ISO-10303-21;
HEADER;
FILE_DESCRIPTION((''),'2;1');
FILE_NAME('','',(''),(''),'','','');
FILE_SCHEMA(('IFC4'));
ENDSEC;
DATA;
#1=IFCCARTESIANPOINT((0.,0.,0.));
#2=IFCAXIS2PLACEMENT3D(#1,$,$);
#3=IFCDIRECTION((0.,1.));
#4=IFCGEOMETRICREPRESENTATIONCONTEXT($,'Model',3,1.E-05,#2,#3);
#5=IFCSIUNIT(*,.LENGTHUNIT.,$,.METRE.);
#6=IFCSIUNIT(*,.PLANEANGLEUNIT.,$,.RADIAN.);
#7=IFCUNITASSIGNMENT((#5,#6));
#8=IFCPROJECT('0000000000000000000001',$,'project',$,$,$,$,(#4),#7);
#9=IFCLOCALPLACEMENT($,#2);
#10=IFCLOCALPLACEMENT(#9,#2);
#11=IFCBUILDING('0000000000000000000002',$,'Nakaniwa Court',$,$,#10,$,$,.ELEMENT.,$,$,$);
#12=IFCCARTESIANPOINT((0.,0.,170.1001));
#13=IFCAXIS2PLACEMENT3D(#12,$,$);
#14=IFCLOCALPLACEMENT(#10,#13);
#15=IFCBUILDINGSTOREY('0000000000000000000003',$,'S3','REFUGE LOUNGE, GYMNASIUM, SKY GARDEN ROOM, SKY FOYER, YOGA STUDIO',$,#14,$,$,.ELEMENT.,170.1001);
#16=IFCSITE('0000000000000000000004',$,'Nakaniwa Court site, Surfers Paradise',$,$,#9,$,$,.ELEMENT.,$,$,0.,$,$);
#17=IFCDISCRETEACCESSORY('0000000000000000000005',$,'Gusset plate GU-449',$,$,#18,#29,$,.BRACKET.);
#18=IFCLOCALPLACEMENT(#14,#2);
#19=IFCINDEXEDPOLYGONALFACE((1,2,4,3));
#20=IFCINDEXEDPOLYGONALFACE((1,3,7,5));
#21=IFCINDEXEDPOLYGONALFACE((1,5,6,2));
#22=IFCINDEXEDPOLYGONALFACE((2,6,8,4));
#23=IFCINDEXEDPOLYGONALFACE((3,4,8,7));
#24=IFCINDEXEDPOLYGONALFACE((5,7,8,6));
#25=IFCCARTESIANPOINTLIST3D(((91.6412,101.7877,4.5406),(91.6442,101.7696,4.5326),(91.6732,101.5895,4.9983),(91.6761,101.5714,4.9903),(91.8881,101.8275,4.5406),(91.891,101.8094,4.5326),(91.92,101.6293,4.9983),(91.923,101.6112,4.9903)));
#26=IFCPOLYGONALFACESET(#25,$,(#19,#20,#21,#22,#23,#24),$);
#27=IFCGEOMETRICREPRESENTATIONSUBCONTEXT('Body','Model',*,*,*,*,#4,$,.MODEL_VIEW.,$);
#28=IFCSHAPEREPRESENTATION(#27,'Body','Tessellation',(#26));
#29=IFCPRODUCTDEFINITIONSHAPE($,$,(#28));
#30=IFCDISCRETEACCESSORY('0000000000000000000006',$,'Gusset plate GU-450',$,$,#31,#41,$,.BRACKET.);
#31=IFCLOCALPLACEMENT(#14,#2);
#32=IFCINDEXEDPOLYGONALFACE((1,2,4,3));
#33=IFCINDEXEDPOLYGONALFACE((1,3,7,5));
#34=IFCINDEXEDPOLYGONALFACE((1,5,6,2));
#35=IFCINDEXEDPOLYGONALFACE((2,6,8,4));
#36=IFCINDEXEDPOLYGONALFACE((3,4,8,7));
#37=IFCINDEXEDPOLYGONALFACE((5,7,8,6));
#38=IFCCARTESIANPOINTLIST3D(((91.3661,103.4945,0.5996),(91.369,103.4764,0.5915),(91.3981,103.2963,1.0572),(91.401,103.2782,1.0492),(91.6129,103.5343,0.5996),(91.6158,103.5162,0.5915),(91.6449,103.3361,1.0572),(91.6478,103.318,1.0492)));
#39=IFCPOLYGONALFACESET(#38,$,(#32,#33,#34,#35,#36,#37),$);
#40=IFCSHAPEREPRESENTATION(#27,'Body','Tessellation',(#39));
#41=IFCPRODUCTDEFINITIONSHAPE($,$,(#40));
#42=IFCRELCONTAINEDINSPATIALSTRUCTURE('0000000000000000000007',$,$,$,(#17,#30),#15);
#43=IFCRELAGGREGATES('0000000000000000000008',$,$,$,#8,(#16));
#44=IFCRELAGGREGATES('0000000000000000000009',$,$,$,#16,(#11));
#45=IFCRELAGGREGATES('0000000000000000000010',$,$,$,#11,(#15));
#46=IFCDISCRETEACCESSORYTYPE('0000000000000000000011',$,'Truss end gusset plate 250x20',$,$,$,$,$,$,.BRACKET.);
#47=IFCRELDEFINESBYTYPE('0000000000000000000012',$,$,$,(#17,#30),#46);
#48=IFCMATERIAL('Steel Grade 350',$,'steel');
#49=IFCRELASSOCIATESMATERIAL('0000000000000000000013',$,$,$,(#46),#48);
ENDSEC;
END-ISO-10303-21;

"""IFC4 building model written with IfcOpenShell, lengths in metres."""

from ifc_helpers import new_model, si_unit, direction, frame, origin, origin_2d, place, context, subcontext, project, spatial, rectangle, extrude, material, material_profile, profile_set, type_object, element, save


model = new_model("IFC4")

# Units and contexts
model_context = context("Model", 3, precision=1e-05, world=origin(), true_north=direction((0.0, 1.0)))
body_context = subcontext(model_context, "Body", "Model", "MODEL_VIEW")
ifc_project = project(units=[si_unit("LENGTHUNIT", "METRE"), si_unit("PLANEANGLEUNIT", "RADIAN")], contexts=[model_context])

# Site, building, storey
site_placement = place(None, origin())
site = spatial("IfcSite", under=ifc_project, at=site_placement, Name="Nakaniwa Court site, Surfers Paradise", CompositionType="ELEMENT", RefElevation=0.0)
building_placement = place(site_placement, origin())
building = spatial("IfcBuilding", under=site, at=building_placement, Name="Nakaniwa Court", CompositionType="ELEMENT")
storey_placement = place(building_placement, frame((0.0, 0.0, 170.1001)))
storey = spatial("IfcBuildingStorey", under=building, at=storey_placement, Name="S3", Description="REFUGE LOUNGE, GYMNASIUM, SKY GARDEN ROOM, SKY FOYER, YOGA STUDIO", CompositionType="ELEMENT", Elevation=170.1001)

# Shared definitions
ifc_material_1 = material(Name="Steel Grade 350", Category="steel")

# Discrete accessories
ifc_material_profile_1 = material_profile(ifc_material_1, rectangle(XDim=0.25, YDim=0.02, at=origin_2d()), Name="Truss end gusset plate 250x20")
ifc_profile_set_1 = profile_set([ifc_material_profile_1], Name="Steel Grade 350")
discrete_accessory_type = type_object("IfcDiscreteAccessoryType", Name="Truss end gusset plate 250x20", PredefinedType="BRACKET", material=ifc_profile_set_1)
for number, where, z_axis, x_axis, name in (
    (1, (91.7661, 101.7986, 4.5366), (0.063981, -0.396587, 0.915765), (0.987235, 0.159271, 0.0), "Gusset plate GU-449"),
    (2, (91.5229, 103.3071, 1.0532), (-0.063981, 0.396587, -0.915765), (-0.987235, -0.159271, 0.0), "Gusset plate GU-450"),
):
    element("IfcDiscreteAccessory", number, at=place(storey_placement, frame(where, z_axis=z_axis, x_axis=x_axis)), inside=storey, type_object=discrete_accessory_type, Name=name, PredefinedType="BRACKET", context=body_context, shape_type="SweptSolid", body=[
        extrude(rectangle(XDim=0.25, YDim=0.02, at=origin_2d()), origin(), (0.0, 0.0, 1.0), 0.4998),
    ])

save(model, "model.ifc")
